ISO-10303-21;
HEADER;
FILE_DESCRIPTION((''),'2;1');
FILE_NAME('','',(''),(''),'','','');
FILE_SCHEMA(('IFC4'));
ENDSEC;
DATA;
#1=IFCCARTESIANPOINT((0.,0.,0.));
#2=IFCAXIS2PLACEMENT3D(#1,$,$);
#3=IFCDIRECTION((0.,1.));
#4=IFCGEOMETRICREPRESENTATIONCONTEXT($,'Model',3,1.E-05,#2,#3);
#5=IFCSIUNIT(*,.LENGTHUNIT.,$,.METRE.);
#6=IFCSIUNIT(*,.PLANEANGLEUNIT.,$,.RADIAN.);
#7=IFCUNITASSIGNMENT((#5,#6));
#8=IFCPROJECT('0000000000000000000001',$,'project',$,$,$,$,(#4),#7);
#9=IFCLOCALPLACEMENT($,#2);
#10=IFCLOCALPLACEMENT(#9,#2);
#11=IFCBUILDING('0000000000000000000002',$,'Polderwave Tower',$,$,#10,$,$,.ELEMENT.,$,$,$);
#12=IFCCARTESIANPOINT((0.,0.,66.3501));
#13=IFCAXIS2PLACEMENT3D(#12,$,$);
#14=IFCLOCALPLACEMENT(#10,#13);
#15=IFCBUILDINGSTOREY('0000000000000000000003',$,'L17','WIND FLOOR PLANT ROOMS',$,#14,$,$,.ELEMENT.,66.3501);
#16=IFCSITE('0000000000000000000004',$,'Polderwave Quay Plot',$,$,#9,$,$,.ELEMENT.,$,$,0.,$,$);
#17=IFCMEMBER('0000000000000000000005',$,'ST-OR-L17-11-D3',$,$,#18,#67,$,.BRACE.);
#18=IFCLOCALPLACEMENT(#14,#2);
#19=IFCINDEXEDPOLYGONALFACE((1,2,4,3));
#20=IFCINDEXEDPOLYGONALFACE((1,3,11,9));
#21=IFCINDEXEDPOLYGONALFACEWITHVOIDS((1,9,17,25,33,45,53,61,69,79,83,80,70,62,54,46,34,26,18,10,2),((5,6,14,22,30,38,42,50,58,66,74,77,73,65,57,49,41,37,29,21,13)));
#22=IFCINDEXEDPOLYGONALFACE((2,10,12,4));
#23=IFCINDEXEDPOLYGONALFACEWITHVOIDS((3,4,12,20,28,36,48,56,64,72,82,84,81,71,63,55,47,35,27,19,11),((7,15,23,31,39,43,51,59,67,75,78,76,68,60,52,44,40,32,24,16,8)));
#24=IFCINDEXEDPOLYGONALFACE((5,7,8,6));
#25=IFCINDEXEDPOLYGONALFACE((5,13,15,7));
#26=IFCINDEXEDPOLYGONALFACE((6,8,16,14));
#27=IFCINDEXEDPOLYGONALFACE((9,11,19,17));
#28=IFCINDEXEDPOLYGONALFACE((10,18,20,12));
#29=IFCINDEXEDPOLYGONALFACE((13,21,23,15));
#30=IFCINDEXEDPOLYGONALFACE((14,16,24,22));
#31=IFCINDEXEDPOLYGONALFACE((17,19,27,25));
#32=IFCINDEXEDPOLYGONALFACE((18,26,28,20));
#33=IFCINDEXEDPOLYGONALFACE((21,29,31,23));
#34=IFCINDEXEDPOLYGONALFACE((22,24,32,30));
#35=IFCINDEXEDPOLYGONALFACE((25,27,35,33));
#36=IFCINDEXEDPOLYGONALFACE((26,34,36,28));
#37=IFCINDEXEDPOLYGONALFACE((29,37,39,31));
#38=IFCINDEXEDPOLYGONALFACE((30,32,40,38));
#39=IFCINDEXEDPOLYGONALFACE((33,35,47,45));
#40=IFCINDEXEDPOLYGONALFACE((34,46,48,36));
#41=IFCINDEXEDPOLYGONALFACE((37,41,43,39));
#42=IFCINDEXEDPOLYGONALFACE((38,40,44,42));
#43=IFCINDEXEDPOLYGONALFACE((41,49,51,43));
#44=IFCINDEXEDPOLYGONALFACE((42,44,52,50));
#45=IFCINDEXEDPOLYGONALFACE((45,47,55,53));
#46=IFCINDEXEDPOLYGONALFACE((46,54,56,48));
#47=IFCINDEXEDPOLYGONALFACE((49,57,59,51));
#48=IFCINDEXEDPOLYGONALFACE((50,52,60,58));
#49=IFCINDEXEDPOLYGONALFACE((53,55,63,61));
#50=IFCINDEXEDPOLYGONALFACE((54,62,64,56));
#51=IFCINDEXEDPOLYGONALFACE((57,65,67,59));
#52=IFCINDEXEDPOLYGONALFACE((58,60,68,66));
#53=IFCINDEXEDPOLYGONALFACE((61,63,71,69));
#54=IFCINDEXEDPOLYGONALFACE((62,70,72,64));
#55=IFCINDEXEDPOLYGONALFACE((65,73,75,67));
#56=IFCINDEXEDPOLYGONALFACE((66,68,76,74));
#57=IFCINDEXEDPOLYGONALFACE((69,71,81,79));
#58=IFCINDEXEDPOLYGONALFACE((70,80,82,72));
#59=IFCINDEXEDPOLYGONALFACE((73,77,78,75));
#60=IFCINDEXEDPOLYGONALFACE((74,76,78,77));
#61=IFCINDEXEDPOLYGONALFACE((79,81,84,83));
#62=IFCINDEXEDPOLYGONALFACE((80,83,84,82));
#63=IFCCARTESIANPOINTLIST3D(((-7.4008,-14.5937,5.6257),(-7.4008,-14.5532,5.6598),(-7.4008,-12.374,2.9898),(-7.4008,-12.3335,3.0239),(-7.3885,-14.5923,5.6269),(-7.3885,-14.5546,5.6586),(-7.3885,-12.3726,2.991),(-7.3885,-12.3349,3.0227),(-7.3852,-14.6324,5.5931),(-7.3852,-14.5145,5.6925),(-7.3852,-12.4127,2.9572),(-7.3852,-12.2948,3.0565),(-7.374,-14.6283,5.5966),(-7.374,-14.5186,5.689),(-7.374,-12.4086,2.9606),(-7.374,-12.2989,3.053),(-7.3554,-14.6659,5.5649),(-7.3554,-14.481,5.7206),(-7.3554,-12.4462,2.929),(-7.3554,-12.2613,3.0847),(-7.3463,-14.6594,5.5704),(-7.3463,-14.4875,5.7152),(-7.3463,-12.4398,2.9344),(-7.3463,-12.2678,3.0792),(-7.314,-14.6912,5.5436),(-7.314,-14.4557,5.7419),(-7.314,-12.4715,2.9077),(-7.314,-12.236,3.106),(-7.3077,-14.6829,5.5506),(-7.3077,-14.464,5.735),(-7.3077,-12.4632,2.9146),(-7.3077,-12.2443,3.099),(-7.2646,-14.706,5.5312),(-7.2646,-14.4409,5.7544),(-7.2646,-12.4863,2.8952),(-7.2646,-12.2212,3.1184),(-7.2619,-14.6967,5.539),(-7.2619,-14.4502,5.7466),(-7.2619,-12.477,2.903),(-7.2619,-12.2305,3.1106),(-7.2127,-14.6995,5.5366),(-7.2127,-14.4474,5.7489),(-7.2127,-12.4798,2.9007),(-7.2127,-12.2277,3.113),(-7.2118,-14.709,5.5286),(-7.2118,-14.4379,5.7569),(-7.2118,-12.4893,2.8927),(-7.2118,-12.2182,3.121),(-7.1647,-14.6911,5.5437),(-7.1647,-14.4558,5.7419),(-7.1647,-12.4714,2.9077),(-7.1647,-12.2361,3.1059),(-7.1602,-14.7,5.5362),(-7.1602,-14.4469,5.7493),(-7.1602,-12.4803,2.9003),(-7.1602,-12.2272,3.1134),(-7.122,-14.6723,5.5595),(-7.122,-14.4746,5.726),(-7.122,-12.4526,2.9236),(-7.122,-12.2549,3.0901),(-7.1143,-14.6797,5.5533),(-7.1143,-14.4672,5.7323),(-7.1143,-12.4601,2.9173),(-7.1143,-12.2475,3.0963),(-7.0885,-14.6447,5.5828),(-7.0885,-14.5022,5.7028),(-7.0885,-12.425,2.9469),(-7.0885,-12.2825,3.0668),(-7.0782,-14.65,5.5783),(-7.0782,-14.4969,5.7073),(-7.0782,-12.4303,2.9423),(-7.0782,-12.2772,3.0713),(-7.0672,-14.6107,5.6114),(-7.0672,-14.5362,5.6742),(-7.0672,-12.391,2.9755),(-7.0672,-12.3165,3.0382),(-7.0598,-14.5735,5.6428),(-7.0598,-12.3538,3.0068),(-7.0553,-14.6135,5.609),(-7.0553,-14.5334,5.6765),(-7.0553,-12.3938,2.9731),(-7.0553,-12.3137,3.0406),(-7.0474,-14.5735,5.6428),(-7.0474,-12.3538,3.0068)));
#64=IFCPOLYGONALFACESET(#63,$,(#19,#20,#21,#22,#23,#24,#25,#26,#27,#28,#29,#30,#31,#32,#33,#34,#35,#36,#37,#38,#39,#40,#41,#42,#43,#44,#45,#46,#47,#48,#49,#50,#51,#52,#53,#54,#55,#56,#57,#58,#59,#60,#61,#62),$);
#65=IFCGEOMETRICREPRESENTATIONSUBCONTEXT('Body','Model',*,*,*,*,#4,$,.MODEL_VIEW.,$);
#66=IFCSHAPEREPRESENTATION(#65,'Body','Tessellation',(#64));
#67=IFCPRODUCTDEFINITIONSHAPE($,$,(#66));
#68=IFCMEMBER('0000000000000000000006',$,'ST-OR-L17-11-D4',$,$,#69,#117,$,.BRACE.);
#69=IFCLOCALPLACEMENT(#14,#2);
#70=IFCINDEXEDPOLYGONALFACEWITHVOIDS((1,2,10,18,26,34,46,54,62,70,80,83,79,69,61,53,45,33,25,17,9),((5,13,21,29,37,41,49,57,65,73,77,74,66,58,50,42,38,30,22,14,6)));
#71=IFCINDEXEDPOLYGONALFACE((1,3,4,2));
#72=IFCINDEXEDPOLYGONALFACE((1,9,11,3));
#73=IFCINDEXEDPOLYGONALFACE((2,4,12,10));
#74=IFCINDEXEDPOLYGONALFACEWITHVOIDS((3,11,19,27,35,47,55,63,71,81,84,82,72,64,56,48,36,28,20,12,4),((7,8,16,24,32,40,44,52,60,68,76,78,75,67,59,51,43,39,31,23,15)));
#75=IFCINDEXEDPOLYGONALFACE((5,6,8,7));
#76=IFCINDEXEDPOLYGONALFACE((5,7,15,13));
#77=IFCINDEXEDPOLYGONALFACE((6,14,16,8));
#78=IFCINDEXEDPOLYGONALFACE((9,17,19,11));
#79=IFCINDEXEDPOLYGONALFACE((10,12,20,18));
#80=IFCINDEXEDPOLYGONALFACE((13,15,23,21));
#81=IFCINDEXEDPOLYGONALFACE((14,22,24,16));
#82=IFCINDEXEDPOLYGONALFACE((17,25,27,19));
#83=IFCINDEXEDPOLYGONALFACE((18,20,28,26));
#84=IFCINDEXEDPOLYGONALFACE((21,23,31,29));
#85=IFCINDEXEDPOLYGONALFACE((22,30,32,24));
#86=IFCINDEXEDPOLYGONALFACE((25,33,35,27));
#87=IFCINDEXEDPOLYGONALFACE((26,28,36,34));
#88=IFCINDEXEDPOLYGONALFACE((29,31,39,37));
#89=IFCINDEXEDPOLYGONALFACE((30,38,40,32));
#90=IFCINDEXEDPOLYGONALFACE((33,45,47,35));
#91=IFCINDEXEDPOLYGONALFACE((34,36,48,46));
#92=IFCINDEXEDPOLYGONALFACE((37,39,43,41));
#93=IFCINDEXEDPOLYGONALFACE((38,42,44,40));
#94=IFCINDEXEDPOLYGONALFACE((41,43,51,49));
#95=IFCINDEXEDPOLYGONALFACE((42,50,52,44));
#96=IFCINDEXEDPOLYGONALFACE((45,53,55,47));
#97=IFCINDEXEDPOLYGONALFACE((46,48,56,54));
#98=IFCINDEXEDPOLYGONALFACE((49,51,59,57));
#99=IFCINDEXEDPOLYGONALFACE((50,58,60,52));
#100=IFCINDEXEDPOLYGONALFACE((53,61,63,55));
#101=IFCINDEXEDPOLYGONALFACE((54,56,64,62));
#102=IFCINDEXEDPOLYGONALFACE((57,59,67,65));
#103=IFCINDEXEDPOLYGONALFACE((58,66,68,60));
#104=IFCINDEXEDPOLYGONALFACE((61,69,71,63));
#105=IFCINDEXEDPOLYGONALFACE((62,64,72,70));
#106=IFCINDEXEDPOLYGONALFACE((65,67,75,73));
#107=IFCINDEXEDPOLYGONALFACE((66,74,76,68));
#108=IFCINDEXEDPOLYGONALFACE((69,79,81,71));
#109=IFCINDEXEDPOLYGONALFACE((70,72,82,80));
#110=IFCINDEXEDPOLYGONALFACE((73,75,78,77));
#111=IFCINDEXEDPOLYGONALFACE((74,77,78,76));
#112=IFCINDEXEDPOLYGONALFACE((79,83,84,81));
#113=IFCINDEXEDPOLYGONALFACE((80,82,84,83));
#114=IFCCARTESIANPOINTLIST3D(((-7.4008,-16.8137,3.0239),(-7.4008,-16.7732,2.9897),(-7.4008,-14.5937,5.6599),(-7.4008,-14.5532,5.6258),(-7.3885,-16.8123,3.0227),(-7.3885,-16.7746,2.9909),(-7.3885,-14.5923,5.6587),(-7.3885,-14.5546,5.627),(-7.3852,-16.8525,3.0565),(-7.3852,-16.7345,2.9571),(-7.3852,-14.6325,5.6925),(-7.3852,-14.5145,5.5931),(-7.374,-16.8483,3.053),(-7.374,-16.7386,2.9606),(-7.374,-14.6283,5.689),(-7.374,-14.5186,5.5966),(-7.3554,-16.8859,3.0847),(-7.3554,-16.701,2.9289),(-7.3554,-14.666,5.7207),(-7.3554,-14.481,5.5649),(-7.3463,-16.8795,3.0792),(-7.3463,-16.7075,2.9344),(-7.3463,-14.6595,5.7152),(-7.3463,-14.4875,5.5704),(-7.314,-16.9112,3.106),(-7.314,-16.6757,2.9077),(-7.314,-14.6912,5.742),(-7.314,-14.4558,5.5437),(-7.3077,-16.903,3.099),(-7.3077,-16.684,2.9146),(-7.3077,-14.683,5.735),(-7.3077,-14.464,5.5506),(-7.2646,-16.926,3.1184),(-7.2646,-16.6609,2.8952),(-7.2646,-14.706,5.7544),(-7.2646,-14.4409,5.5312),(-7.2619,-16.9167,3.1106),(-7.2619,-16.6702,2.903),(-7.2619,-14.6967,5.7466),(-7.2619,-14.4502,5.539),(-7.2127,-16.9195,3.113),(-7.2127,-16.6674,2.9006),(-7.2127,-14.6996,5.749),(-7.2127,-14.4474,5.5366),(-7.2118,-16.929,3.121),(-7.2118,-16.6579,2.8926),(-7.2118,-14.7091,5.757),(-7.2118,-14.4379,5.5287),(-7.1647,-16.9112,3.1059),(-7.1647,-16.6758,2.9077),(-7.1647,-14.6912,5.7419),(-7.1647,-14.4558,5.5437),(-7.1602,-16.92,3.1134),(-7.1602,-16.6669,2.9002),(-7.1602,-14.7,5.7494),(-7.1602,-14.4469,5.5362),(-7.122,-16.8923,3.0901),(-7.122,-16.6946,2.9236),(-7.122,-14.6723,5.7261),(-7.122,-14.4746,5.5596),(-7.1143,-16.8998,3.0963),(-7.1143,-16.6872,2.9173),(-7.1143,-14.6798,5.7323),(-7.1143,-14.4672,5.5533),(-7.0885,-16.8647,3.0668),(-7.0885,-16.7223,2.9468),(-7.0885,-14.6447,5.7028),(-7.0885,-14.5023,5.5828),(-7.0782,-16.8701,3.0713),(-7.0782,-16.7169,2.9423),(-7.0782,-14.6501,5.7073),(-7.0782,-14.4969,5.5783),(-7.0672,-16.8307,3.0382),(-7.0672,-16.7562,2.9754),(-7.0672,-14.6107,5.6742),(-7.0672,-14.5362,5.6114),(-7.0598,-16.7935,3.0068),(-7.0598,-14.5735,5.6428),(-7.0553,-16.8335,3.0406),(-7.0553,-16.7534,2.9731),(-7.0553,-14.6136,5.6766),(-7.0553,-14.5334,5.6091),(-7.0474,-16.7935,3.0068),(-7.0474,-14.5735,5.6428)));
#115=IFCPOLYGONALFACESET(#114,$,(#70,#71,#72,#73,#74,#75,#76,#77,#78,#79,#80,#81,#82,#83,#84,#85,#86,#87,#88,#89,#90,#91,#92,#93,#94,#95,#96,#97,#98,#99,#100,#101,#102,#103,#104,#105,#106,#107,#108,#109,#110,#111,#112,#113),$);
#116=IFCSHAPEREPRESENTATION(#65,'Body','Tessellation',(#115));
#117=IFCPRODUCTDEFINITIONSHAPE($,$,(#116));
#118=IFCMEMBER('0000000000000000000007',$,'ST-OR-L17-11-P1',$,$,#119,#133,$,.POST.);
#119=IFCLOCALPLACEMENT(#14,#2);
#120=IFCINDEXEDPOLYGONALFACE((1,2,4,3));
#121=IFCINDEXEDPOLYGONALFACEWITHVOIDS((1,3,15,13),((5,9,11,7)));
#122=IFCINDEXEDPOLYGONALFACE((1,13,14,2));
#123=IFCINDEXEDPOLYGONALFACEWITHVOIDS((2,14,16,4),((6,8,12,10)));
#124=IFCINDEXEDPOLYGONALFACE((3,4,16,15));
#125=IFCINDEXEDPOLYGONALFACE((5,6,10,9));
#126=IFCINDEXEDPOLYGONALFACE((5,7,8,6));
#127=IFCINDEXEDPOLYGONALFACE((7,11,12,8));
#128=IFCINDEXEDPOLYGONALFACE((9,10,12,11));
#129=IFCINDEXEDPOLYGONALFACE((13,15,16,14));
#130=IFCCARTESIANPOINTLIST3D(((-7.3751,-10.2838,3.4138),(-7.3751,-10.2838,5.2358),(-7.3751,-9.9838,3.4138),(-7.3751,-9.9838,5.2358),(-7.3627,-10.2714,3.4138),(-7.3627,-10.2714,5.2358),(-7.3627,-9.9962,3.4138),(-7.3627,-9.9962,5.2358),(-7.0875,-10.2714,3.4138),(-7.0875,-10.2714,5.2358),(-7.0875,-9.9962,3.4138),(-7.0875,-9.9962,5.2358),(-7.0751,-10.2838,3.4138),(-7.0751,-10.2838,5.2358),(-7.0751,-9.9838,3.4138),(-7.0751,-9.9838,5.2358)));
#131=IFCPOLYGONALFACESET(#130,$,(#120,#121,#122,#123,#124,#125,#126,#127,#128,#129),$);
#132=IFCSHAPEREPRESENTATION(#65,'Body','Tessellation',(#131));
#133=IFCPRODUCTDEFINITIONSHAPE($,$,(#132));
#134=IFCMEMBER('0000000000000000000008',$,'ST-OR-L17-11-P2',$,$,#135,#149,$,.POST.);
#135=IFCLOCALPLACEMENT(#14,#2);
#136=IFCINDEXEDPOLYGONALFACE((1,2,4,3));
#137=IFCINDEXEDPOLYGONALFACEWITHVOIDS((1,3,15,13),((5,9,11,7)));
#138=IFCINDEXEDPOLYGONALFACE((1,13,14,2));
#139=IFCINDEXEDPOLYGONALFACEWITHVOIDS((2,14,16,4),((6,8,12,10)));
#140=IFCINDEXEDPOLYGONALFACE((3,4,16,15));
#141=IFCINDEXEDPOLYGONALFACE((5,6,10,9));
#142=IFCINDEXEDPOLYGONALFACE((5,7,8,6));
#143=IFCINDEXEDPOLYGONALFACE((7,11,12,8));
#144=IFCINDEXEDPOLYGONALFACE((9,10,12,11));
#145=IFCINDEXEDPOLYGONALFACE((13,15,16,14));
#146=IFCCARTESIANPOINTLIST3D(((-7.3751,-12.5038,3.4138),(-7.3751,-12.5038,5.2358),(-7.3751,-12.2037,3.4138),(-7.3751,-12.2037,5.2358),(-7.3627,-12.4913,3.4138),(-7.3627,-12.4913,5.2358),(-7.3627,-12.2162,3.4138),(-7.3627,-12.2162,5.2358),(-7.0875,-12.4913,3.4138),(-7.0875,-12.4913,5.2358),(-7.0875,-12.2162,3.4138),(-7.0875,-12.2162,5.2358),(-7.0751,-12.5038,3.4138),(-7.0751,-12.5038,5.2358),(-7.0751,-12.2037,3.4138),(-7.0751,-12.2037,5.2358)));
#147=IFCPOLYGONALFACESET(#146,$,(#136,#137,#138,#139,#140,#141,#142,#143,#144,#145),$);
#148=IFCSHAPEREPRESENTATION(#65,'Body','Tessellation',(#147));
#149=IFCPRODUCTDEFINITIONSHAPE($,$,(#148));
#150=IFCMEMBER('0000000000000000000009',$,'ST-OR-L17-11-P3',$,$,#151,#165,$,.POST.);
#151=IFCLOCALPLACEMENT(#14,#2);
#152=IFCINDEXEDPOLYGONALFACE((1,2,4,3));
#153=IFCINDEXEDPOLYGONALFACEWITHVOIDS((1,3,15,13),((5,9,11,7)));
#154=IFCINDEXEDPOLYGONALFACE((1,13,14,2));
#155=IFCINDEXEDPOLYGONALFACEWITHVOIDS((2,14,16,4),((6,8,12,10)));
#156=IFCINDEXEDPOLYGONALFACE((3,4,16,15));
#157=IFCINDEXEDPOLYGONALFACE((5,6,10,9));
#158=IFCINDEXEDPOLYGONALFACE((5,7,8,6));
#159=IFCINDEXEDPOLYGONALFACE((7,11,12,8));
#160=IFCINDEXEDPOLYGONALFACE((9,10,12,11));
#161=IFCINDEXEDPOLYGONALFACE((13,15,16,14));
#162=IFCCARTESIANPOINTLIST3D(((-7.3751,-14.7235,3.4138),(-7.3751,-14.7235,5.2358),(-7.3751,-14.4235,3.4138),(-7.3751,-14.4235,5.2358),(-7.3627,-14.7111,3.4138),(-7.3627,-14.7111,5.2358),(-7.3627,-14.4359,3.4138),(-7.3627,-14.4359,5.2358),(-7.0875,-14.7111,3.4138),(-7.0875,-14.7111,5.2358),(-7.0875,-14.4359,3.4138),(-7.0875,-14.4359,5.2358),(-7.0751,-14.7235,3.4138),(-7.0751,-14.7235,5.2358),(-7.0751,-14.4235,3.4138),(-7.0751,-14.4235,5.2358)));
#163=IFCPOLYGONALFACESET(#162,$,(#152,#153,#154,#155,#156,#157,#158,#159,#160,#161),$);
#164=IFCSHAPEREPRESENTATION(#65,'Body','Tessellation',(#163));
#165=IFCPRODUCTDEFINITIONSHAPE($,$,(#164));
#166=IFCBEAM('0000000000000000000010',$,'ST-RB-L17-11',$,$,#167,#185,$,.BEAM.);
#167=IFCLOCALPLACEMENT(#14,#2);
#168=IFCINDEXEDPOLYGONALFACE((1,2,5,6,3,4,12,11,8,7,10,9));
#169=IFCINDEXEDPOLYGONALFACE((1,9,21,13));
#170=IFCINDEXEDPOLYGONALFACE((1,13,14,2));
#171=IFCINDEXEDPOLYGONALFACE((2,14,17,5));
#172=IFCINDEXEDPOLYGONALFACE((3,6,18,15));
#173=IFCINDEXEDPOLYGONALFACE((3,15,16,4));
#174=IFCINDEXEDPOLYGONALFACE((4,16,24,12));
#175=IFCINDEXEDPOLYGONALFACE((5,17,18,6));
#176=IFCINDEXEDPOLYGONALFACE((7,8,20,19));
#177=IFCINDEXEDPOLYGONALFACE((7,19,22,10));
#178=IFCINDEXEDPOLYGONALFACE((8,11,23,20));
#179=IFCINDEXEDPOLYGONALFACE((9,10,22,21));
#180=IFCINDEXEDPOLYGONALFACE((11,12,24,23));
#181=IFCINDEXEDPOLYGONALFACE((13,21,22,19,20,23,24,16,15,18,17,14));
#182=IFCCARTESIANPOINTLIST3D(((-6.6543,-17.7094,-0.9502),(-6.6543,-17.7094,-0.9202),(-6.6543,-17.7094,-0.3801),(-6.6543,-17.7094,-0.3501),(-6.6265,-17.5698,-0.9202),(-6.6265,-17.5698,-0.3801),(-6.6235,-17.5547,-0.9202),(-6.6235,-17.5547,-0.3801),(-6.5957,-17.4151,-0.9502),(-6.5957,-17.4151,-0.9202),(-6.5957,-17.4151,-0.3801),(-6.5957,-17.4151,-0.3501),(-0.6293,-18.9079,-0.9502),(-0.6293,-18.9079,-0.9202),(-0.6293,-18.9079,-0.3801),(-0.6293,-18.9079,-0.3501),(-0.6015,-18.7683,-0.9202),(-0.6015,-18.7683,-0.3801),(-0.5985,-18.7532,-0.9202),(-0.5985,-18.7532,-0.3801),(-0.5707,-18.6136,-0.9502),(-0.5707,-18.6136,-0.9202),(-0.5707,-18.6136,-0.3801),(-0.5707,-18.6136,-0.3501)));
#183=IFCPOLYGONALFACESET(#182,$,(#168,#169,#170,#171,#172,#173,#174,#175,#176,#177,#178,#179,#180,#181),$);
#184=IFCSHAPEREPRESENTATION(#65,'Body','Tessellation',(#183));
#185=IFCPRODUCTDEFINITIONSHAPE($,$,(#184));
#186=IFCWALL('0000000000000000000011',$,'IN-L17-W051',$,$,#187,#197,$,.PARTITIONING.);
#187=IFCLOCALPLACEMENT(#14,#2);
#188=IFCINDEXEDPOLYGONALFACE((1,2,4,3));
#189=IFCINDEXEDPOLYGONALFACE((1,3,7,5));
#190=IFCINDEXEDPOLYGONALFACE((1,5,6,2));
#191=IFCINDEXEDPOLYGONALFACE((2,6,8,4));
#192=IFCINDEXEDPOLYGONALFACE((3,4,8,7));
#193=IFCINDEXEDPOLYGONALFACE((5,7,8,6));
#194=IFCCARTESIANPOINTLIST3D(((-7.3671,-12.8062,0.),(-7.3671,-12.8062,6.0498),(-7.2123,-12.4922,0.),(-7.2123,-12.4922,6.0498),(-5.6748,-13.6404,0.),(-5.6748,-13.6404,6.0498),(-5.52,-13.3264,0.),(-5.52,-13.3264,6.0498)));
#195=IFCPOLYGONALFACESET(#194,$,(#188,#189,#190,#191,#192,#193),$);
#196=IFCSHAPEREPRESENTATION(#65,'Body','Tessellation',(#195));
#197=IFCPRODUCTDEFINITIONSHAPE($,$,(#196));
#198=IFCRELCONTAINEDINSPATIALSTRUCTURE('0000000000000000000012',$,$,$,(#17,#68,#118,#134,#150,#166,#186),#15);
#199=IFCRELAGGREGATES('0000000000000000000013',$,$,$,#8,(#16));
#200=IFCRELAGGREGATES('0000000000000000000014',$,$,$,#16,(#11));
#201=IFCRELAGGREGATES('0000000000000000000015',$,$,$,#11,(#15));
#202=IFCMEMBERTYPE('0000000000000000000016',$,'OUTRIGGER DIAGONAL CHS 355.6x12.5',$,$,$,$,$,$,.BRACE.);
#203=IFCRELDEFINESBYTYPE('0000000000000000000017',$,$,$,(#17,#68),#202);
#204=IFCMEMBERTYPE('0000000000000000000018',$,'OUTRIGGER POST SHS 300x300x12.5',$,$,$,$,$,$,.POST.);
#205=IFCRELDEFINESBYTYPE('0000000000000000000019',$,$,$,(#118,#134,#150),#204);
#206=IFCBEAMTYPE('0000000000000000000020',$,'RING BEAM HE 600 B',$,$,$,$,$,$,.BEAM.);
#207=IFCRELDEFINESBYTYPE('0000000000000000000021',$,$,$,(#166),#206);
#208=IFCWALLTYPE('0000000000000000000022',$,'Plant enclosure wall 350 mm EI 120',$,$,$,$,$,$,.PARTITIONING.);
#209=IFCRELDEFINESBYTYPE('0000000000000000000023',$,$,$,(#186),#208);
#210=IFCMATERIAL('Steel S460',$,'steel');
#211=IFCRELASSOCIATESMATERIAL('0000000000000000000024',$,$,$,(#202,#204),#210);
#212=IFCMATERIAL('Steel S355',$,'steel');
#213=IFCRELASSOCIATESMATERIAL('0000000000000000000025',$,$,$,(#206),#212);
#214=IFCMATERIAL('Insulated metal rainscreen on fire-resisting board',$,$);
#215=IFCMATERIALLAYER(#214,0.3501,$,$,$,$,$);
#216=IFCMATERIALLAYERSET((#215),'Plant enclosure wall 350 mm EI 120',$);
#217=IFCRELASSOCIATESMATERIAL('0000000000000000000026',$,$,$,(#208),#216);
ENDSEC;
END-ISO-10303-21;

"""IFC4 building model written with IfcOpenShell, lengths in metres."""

from ifc_helpers import new_model, si_unit, direction, frame, frame_2d, origin, origin_2d, place, context, subcontext, project, spatial, rectangle, hollow_rectangle, hollow_circle, i_section, extrude, material, layer, layer_set, material_profile, profile_set, type_object, element, save


model = new_model("IFC4")

# Units and contexts
model_context = context("Model", 3, precision=1e-05, world=origin(), true_north=direction((0.0, 1.0)))
body_context = subcontext(model_context, "Body", "Model", "MODEL_VIEW")
ifc_project = project(units=[si_unit("LENGTHUNIT", "METRE"), si_unit("PLANEANGLEUNIT", "RADIAN")], contexts=[model_context])

# Site, building, storey
site_placement = place(None, origin())
site = spatial("IfcSite", under=ifc_project, at=site_placement, Name="Polderwave Quay Plot", CompositionType="ELEMENT", RefElevation=0.0)
building_placement = place(site_placement, origin())
building = spatial("IfcBuilding", under=site, at=building_placement, Name="Polderwave Tower", CompositionType="ELEMENT")
storey_placement = place(building_placement, frame((0.0, 0.0, 66.3501)))
storey = spatial("IfcBuildingStorey", under=building, at=storey_placement, Name="L17", Description="WIND FLOOR PLANT ROOMS", CompositionType="ELEMENT", Elevation=66.3501)

# Members
ifc_material_1 = material(Name="Steel S460", Category="steel")
ifc_material_profile_1 = material_profile(ifc_material_1, hollow_circle(Radius=0.1777, WallThickness=0.0125, at=origin_2d()), Name="CHS 355.6x12.5")
ifc_profile_set_1 = profile_set([ifc_material_profile_1], Name="Steel S460")
member_type_1 = type_object("IfcMemberType", Name="OUTRIGGER DIAGONAL CHS 355.6x12.5", PredefinedType="BRACE", material=ifc_profile_set_1)
member_1_placement = place(storey_placement, frame((-7.2251, -12.3538, 3.0068), z_axis=(0.0, -0.644127, 0.764919), x_axis=(1.0, 0.0, 0.0)))
element("IfcMember", 1, at=member_1_placement, inside=storey, type_object=member_type_1, Name="ST-OR-L17-11-D3", PredefinedType="BRACE", context=body_context, shape_type="SweptSolid", body=[
    extrude(hollow_circle(Radius=0.1777, WallThickness=0.0125, at=origin_2d()), origin(), (0.0, 0.0, 1.0), 3.446),
])
member_2_placement = place(storey_placement, frame((-7.2251, -14.5735, 5.6428), z_axis=(0.0, -0.644168, -0.764884), x_axis=(1.0, 0.0, 0.0)))
element("IfcMember", 2, at=member_2_placement, inside=storey, type_object=member_type_1, Name="ST-OR-L17-11-D4", PredefinedType="BRACE", context=body_context, shape_type="SweptSolid", body=[
    extrude(hollow_circle(Radius=0.1777, WallThickness=0.0125, at=origin_2d()), origin(), (0.0, 0.0, 1.0), 3.4463),
])
ifc_material_profile_2 = material_profile(ifc_material_1, hollow_rectangle(XDim=0.3, YDim=0.3, WallThickness=0.0125, at=origin_2d()), Name="SHS 300x300x12.5")
ifc_profile_set_2 = profile_set([ifc_material_profile_2], Name="Steel S460")
member_type_2 = type_object("IfcMemberType", Name="OUTRIGGER POST SHS 300x300x12.5", PredefinedType="POST", material=ifc_profile_set_2)
for number, where, z_axis, x_axis, name in (
    (3, (-7.2251, -10.1338, 3.4138), (0.0, 0.0, 1.0), (1.0, 0.0, 0.0), "ST-OR-L17-11-P1"),
    (4, (-7.2251, -12.3538, 3.4138), (0.0, 0.0, 1.0), (1.0, 0.0, 0.0), "ST-OR-L17-11-P2"),
    (5, (-7.2251, -14.5735, 3.4138), (0.0, 0.0, 1.0), (1.0, 0.0, 0.0), "ST-OR-L17-11-P3"),
):
    element("IfcMember", number, at=place(storey_placement, frame(where, z_axis=z_axis, x_axis=x_axis)), inside=storey, type_object=member_type_2, Name=name, PredefinedType="POST", context=body_context, shape_type="SweptSolid", body=[
        extrude(hollow_rectangle(XDim=0.3, YDim=0.3, WallThickness=0.0125, at=origin_2d()), origin(), (0.0, 0.0, 1.0), 1.822),
    ])

# Beam
ifc_material_2 = material(Name="Steel S355", Category="steel")
ifc_material_profile_3 = material_profile(ifc_material_2, i_section(OverallWidth=0.3, OverallDepth=0.6001, WebThickness=0.0154, FlangeThickness=0.03, at=origin_2d()), Name="HE 600 B")
ifc_profile_set_3 = profile_set([ifc_material_profile_3], Name="Steel S355")
beam_type = type_object("IfcBeamType", Name="RING BEAM HE 600 B", PredefinedType="BEAM", material=ifc_profile_set_3)
beam_placement = place(storey_placement, frame((-6.625, -17.5623, -0.6501), z_axis=(0.980783, -0.1951, 0.0), x_axis=(0.1951, 0.980783, 0.0)))
element("IfcBeam", 6, at=beam_placement, inside=storey, type_object=beam_type, Name="ST-RB-L17-11", PredefinedType="BEAM", context=body_context, shape_type="SweptSolid", body=[
    extrude(i_section(OverallWidth=0.3, OverallDepth=0.6001, WebThickness=0.0154, FlangeThickness=0.03, at=origin_2d()), origin(), (0.0, 0.0, 1.0), 6.1431),
])

# Wall
ifc_material_3 = material(Name="Insulated metal rainscreen on fire-resisting board")
ifc_layer_1 = layer(ifc_material_3, 0.3501)
ifc_layer_set_1 = layer_set([ifc_layer_1], Name="Plant enclosure wall 350 mm EI 120")
wall_type_1 = type_object("IfcWallType", Name="Plant enclosure wall 350 mm EI 120", PredefinedType="PARTITIONING", material=ifc_layer_set_1)
for number, where, z_axis, x_axis, name in (
    (7, (-5.5974, -13.4834, 0.0), (0.0, 0.0, 1.0), (-0.896949, 0.442134, 0.0), "IN-L17-W051"),
):
    element("IfcWall", number, at=place(storey_placement, frame(where, z_axis=z_axis, x_axis=x_axis)), inside=storey, type_object=wall_type_1, Name=name, PredefinedType="PARTITIONING", context=body_context, shape_type="SweptSolid", body=[
        extrude(rectangle(XDim=1.8867, YDim=0.3501, at=frame_2d((0.9434, 0.0))), origin(), (0.0, 0.0, 1.0), 6.0498),
    ])

save(model, "model.ifc")
